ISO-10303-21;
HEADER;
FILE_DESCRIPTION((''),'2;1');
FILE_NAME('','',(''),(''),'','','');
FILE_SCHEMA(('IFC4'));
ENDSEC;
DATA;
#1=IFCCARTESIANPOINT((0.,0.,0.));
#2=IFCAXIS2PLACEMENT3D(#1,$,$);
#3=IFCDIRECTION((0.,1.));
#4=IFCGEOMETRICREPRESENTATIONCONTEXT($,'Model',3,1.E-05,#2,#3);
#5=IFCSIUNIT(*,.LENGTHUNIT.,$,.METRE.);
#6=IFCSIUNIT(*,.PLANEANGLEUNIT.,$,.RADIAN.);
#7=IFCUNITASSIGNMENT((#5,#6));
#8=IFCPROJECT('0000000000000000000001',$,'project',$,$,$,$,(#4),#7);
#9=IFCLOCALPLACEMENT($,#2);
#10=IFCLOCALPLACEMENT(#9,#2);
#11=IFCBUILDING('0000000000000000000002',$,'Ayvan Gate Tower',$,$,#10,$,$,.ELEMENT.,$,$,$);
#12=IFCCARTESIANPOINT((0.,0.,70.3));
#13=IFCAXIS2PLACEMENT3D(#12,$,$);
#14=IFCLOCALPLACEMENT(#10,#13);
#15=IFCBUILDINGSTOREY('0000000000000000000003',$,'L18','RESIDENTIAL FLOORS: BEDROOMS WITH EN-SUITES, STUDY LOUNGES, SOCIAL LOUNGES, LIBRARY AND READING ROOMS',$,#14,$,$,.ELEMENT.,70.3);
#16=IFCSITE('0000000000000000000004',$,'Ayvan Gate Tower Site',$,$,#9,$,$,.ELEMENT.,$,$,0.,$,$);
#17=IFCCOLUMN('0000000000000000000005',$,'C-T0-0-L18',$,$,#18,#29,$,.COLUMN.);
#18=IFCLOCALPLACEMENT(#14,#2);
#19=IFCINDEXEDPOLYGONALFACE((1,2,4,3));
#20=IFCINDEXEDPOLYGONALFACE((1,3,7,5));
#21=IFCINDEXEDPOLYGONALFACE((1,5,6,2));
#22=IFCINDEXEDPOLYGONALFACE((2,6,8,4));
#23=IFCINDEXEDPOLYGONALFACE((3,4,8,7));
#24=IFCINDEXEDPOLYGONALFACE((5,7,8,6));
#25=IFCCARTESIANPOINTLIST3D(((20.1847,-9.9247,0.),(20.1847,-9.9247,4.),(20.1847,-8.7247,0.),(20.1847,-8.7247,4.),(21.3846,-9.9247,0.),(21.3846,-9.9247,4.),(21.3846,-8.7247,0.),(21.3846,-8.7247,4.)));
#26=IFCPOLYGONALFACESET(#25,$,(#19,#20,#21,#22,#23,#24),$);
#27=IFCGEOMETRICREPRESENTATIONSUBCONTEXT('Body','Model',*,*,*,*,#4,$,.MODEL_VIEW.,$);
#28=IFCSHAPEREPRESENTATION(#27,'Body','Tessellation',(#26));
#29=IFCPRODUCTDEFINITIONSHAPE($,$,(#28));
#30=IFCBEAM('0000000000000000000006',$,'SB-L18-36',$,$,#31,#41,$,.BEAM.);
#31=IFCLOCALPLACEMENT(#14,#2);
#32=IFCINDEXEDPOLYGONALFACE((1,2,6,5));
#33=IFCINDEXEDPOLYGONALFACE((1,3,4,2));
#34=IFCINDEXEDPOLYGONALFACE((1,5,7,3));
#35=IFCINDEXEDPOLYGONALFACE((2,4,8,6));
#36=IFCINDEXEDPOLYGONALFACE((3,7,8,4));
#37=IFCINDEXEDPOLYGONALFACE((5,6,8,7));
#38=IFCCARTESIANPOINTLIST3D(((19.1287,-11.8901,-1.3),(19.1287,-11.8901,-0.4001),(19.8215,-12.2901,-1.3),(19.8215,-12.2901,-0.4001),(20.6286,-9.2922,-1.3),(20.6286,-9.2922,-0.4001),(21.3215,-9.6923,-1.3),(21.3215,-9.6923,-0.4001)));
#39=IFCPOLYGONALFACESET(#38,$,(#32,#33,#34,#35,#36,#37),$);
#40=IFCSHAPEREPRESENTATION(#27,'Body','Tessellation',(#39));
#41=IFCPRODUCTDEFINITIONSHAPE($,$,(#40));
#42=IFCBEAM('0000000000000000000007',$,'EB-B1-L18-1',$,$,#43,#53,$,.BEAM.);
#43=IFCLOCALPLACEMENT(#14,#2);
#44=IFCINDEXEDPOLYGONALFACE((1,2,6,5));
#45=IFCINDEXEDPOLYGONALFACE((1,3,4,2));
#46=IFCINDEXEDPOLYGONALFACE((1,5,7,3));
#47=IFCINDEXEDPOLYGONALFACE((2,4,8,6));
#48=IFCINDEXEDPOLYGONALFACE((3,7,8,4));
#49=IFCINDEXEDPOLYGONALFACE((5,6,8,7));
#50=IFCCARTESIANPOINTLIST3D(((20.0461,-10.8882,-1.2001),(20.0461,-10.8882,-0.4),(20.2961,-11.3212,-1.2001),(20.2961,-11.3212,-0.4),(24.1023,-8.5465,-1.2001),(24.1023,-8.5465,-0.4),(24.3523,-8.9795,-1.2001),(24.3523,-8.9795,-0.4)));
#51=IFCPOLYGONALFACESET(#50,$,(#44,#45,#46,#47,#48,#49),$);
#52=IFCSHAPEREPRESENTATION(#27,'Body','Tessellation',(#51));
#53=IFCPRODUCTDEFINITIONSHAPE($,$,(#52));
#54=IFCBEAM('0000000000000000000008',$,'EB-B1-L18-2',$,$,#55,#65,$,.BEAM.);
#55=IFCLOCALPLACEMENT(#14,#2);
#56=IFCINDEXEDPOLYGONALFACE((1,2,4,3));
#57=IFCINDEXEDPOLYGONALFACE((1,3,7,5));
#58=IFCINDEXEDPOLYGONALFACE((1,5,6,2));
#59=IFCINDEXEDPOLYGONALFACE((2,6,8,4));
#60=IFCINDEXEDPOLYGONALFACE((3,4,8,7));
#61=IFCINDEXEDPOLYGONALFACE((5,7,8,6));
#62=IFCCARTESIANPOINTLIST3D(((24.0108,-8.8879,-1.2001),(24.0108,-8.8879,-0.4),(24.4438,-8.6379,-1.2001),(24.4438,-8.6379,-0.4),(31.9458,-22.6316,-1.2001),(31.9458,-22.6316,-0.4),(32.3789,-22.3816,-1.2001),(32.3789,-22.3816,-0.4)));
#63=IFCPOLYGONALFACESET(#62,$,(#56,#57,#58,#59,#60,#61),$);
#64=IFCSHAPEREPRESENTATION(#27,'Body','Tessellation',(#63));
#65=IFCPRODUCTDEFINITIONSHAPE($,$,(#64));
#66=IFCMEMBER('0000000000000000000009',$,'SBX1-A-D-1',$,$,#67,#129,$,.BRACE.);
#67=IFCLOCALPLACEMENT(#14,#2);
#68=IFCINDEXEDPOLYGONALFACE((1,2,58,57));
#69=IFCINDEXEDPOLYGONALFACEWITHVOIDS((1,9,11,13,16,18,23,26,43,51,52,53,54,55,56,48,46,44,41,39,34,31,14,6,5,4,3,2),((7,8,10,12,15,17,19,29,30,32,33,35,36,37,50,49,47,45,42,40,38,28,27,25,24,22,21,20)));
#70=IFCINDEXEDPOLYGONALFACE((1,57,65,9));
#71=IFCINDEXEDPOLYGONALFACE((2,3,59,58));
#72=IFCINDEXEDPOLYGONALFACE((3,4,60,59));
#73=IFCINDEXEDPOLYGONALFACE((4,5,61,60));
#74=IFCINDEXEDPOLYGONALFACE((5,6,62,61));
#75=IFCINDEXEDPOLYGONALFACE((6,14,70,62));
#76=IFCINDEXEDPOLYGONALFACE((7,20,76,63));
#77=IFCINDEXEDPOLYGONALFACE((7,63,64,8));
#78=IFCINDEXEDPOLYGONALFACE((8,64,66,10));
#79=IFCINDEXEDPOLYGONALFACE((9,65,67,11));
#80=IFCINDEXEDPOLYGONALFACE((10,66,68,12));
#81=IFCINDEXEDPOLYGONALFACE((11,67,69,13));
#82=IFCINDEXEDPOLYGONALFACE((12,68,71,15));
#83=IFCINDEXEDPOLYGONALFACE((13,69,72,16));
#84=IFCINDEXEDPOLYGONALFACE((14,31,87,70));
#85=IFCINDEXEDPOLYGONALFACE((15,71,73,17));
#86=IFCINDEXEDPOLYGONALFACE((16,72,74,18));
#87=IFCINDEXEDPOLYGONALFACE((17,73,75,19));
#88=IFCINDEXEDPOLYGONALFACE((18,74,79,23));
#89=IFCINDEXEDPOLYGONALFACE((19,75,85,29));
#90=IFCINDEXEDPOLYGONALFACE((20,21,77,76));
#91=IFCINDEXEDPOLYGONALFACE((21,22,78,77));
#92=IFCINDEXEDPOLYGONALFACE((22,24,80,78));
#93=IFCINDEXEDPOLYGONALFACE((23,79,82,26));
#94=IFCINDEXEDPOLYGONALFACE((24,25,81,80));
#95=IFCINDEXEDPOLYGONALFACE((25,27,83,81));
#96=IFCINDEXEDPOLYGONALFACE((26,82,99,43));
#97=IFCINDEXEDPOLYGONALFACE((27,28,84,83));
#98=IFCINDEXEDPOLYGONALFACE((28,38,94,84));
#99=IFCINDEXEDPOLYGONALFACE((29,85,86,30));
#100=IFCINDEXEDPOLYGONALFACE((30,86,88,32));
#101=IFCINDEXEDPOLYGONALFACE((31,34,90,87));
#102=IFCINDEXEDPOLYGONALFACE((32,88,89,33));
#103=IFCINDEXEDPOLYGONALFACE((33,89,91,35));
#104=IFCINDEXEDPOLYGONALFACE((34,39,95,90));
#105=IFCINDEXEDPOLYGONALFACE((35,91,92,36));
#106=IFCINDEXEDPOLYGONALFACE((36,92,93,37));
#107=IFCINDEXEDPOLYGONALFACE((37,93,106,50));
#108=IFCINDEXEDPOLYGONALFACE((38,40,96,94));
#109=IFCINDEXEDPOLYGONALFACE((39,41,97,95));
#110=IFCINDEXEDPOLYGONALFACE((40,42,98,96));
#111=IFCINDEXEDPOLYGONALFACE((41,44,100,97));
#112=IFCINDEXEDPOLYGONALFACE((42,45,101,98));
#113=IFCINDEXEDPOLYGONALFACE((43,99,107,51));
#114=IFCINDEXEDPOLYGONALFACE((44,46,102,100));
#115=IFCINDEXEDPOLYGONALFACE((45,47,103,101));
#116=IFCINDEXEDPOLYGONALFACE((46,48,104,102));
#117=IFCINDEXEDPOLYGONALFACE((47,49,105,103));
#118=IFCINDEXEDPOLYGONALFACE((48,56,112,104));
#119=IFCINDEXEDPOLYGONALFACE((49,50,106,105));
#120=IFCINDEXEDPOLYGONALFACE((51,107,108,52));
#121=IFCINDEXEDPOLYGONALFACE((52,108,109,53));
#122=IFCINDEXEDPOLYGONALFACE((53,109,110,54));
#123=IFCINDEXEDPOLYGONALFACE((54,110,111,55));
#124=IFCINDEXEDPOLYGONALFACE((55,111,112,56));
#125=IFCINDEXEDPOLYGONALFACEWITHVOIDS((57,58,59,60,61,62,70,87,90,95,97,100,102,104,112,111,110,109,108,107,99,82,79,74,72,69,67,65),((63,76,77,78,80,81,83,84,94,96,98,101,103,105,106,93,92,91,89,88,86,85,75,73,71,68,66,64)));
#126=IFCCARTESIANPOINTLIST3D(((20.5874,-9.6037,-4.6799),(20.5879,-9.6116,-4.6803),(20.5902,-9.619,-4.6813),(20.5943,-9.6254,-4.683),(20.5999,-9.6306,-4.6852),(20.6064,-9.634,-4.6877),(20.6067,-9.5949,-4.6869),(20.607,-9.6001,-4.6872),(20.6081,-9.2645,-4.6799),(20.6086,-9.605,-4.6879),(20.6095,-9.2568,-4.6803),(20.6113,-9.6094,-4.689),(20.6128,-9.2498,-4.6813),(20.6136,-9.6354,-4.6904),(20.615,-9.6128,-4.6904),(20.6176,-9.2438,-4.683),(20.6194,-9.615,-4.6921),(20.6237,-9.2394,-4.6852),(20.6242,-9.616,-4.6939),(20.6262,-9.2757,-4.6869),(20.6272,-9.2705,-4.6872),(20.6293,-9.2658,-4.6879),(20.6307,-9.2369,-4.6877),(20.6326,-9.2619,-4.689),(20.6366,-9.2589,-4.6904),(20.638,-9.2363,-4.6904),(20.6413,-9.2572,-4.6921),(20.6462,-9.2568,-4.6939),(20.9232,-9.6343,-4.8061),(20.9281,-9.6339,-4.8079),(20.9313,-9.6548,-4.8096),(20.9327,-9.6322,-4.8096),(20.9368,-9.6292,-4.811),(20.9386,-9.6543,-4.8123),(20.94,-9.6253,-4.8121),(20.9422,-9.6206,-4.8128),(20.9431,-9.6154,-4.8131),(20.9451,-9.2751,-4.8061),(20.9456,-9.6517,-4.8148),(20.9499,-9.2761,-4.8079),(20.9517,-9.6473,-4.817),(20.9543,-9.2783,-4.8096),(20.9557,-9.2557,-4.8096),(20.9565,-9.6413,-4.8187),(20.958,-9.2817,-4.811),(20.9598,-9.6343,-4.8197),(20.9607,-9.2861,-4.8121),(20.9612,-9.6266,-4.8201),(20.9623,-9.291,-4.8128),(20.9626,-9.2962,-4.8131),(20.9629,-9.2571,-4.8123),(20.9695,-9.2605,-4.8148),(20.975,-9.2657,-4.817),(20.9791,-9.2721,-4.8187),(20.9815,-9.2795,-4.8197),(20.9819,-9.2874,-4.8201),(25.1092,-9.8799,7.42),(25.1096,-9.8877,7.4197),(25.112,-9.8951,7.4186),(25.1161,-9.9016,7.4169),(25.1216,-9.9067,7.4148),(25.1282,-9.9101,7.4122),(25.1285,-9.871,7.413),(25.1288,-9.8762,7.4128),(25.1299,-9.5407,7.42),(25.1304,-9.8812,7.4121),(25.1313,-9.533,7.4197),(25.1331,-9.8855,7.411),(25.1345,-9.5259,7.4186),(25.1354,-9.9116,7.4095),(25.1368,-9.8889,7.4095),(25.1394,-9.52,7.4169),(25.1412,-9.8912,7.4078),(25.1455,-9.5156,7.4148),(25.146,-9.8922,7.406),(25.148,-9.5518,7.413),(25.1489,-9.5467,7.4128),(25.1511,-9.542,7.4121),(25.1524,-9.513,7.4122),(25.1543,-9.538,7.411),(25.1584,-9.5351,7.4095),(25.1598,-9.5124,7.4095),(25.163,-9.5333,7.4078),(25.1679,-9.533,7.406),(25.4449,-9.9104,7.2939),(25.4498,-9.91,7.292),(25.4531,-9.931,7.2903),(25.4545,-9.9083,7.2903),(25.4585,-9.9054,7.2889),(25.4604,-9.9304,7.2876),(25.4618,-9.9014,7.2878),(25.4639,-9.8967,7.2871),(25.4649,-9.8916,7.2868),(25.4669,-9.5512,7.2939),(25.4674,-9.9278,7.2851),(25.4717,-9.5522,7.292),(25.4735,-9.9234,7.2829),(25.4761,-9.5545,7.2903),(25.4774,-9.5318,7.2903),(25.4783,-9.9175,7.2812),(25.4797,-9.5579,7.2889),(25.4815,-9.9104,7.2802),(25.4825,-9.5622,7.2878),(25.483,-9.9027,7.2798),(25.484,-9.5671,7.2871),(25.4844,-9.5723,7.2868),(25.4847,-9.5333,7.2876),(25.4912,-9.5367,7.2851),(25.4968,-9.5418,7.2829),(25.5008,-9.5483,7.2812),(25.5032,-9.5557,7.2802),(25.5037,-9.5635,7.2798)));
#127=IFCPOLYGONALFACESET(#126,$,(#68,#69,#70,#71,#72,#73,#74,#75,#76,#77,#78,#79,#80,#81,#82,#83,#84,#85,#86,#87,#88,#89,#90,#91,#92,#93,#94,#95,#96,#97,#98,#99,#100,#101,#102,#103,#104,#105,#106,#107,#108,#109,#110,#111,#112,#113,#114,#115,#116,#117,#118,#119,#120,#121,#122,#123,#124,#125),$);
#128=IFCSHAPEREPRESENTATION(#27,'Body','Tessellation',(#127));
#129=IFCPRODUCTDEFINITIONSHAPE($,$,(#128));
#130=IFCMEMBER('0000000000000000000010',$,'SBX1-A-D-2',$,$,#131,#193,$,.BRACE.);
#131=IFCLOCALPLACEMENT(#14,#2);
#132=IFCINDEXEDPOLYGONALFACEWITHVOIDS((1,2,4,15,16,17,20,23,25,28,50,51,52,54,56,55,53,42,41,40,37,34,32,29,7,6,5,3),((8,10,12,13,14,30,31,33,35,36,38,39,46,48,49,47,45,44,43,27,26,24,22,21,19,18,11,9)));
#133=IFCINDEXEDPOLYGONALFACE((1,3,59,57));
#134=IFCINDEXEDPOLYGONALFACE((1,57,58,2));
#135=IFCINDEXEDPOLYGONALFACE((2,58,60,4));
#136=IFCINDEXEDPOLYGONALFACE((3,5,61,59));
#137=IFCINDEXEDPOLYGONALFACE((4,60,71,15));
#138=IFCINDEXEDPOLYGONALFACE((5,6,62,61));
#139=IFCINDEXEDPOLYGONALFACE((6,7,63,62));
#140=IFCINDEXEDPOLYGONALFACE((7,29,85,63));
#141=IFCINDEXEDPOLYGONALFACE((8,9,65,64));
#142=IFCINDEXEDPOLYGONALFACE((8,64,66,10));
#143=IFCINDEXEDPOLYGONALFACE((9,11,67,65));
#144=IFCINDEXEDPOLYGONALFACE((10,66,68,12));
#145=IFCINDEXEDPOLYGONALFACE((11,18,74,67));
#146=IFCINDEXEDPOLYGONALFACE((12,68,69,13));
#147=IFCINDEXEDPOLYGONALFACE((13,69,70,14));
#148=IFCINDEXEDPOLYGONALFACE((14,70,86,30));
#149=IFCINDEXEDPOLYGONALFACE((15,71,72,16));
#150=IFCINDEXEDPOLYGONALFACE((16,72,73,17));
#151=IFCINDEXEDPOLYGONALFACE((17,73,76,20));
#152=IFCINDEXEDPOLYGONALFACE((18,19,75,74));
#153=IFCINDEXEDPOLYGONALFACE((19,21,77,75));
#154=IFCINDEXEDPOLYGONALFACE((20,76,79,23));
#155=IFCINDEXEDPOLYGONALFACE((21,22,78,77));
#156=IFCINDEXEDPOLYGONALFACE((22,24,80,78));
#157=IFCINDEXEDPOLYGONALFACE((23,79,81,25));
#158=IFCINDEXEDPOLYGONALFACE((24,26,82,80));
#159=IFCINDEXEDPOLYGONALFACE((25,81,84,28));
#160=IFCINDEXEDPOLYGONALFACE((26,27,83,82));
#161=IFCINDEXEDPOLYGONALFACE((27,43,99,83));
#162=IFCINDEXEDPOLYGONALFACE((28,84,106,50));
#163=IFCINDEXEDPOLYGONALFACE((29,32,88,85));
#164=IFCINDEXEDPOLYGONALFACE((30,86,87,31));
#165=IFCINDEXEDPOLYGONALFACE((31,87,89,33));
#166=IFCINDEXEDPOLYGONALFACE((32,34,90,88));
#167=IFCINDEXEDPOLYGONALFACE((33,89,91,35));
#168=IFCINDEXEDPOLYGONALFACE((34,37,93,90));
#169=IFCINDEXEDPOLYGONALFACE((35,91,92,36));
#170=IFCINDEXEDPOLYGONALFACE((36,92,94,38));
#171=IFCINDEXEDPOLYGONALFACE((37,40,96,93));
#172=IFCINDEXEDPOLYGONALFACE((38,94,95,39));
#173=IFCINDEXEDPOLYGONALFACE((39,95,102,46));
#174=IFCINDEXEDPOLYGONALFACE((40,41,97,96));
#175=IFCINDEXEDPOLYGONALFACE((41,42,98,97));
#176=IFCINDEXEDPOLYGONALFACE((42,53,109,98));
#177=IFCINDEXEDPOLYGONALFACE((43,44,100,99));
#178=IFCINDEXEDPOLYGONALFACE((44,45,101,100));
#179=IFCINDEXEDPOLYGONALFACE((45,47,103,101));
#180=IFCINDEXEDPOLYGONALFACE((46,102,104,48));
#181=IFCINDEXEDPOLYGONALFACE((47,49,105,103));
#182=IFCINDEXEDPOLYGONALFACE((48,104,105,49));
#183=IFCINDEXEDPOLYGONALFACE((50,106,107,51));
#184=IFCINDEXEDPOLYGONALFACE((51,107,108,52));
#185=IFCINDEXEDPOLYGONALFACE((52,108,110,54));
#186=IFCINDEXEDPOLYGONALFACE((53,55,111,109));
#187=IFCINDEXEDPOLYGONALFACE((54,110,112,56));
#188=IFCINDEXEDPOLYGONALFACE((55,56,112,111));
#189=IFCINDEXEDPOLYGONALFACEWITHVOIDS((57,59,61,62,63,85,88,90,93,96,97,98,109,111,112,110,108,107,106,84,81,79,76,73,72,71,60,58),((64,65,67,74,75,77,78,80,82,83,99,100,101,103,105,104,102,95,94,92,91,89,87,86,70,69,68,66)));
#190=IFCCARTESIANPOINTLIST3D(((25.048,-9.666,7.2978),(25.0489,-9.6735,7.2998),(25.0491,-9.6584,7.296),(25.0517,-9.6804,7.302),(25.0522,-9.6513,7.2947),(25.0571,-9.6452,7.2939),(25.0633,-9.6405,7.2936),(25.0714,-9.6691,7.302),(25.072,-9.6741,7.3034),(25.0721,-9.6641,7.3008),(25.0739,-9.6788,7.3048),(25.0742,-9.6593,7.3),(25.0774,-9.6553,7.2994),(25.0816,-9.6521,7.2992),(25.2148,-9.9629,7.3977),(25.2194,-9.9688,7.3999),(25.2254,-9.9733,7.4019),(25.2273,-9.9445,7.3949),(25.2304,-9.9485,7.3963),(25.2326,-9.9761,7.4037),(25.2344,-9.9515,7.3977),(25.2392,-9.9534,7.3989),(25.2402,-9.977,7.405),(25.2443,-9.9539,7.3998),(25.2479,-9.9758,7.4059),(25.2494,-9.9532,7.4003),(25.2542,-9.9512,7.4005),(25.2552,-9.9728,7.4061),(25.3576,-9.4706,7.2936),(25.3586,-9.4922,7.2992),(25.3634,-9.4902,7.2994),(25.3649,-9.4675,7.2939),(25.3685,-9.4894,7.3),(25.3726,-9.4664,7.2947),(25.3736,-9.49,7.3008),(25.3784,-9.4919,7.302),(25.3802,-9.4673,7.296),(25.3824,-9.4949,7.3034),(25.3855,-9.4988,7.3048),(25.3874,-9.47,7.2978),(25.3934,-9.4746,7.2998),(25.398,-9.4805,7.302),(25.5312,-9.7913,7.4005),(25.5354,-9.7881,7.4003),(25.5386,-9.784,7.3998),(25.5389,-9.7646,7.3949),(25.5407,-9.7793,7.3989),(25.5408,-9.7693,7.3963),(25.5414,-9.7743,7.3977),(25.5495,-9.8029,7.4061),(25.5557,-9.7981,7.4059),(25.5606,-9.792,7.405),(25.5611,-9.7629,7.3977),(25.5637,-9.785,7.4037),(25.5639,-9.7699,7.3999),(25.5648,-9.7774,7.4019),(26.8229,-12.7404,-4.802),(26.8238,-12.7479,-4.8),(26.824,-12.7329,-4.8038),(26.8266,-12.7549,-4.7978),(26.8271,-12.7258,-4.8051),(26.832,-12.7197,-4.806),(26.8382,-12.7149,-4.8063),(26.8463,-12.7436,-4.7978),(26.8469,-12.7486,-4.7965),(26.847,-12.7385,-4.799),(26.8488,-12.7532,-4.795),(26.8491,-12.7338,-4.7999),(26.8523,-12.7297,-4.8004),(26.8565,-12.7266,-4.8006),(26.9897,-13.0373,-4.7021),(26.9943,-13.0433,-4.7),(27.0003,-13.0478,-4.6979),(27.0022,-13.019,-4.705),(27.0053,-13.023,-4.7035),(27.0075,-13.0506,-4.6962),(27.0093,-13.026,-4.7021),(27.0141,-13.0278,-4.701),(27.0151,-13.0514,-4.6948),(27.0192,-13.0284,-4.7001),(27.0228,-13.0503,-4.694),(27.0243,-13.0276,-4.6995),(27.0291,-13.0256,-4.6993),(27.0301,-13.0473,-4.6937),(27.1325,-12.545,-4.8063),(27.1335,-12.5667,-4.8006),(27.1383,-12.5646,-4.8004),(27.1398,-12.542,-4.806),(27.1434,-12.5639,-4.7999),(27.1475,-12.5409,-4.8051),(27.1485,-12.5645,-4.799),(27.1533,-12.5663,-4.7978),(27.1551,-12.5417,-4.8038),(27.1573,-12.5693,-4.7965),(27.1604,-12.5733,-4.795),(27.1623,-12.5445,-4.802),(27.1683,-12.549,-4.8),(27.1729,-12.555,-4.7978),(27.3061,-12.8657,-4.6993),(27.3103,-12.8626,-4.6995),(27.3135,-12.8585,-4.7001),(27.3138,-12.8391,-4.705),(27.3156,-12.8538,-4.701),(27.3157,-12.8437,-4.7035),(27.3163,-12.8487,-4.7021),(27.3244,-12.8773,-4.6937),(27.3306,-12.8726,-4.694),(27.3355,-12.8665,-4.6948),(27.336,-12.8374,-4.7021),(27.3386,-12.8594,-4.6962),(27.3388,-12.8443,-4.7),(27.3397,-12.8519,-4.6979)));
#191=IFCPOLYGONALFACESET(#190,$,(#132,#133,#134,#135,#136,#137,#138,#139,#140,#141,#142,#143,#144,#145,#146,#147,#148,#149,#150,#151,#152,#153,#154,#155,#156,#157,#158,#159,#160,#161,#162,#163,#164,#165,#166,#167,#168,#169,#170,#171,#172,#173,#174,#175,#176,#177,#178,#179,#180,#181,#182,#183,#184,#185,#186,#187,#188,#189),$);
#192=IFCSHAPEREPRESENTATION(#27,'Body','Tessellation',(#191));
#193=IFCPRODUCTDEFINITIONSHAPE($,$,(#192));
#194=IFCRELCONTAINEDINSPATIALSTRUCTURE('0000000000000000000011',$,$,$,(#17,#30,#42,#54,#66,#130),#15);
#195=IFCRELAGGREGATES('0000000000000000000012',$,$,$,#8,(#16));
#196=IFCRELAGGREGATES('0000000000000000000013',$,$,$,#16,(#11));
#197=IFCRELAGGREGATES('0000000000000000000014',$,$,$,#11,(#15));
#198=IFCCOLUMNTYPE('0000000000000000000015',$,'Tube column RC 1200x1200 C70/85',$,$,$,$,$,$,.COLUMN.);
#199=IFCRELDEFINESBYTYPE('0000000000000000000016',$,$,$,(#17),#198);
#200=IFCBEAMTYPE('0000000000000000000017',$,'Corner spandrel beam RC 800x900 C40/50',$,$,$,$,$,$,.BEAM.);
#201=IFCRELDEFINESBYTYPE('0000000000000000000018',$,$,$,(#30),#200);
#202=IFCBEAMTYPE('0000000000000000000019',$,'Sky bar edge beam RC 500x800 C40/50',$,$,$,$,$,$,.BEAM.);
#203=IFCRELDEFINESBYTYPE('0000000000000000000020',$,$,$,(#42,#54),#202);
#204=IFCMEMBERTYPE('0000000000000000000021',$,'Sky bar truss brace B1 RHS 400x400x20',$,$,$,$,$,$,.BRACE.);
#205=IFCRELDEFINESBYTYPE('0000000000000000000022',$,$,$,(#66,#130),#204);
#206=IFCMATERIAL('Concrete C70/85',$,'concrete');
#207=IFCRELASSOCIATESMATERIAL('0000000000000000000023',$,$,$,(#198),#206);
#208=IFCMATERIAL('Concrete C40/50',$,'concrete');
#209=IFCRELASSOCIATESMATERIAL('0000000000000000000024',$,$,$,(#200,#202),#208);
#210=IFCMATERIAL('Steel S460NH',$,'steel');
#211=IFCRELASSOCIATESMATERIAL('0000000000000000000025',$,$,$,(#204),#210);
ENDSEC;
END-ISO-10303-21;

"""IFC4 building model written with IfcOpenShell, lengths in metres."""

from ifc_helpers import new_model, si_unit, direction, frame, origin, origin_2d, place, context, subcontext, project, spatial, rectangle, hollow_rectangle, extrude, material, material_profile, profile_set, type_object, element, save


model = new_model("IFC4")

# Units and contexts
model_context = context("Model", 3, precision=1e-05, world=origin(), true_north=direction((0.0, 1.0)))
body_context = subcontext(model_context, "Body", "Model", "MODEL_VIEW")
ifc_project = project(units=[si_unit("LENGTHUNIT", "METRE"), si_unit("PLANEANGLEUNIT", "RADIAN")], contexts=[model_context])

# Site, building, storey
site_placement = place(None, origin())
site = spatial("IfcSite", under=ifc_project, at=site_placement, Name="Ayvan Gate Tower Site", CompositionType="ELEMENT", RefElevation=0.0)
building_placement = place(site_placement, origin())
building = spatial("IfcBuilding", under=site, at=building_placement, Name="Ayvan Gate Tower", CompositionType="ELEMENT")
storey_placement = place(building_placement, frame((0.0, 0.0, 70.3)))
storey = spatial("IfcBuildingStorey", under=building, at=storey_placement, Name="L18", Description="RESIDENTIAL FLOORS: BEDROOMS WITH EN-SUITES, STUDY LOUNGES, SOCIAL LOUNGES, LIBRARY AND READING ROOMS", CompositionType="ELEMENT", Elevation=70.3)

# Column
ifc_material_1 = material(Name="Concrete C70/85", Category="concrete")
ifc_material_profile_1 = material_profile(ifc_material_1, rectangle(XDim=1.2, YDim=1.2, at=origin_2d()), Name="RC 1200x1200")
ifc_profile_set_1 = profile_set([ifc_material_profile_1], Name="Concrete C70/85")
column_type = type_object("IfcColumnType", Name="Tube column RC 1200x1200 C70/85", PredefinedType="COLUMN", material=ifc_profile_set_1)
column_placement = place(storey_placement, frame((20.7847, -9.3247, 0.0), z_axis=(0.0, 0.0, 1.0), x_axis=(1.0, 0.0, 0.0)))
element("IfcColumn", 1, at=column_placement, inside=storey, type_object=column_type, Name="C-T0-0-L18", PredefinedType="COLUMN", context=body_context, shape_type="SweptSolid", body=[
    extrude(rectangle(XDim=1.2, YDim=1.2, at=origin_2d()), origin(), (0.0, 0.0, 1.0), 4.0),
])

# Beams
ifc_material_2 = material(Name="Concrete C40/50", Category="concrete")
ifc_material_profile_2 = material_profile(ifc_material_2, rectangle(XDim=0.8, YDim=0.8999, at=origin_2d()), Name="RC 800x900")
ifc_profile_set_2 = profile_set([ifc_material_profile_2], Name="Concrete C40/50")
beam_type_1 = type_object("IfcBeamType", Name="Corner spandrel beam RC 800x900 C40/50", PredefinedType="BEAM", material=ifc_profile_set_2)
beam_1_placement = place(storey_placement, frame((19.4751, -12.0901, -0.8501), z_axis=(0.500025, 0.866011, 0.0), x_axis=(-0.866011, 0.500025, 0.0)))
element("IfcBeam", 2, at=beam_1_placement, inside=storey, type_object=beam_type_1, Name="SB-L18-36", PredefinedType="BEAM", context=body_context, shape_type="SweptSolid", body=[
    extrude(rectangle(XDim=0.8, YDim=0.8999, at=origin_2d()), origin(), (0.0, 0.0, 1.0), 2.9998),
])
ifc_material_profile_3 = material_profile(ifc_material_2, rectangle(XDim=0.5, YDim=0.8, at=origin_2d()), Name="RC 500x800")
ifc_profile_set_3 = profile_set([ifc_material_profile_3], Name="Concrete C40/50")
beam_type_2 = type_object("IfcBeamType", Name="Sky bar edge beam RC 500x800 C40/50", PredefinedType="BEAM", material=ifc_profile_set_3)
beam_2_placement = place(storey_placement, frame((20.1711, -11.1047, -0.8), z_axis=(0.866028, 0.499996, 0.0), x_axis=(-0.499996, 0.866028, 0.0)))
element("IfcBeam", 3, at=beam_2_placement, inside=storey, type_object=beam_type_2, Name="EB-B1-L18-1", PredefinedType="BEAM", context=body_context, shape_type="SweptSolid", body=[
    extrude(rectangle(XDim=0.5, YDim=0.8, at=origin_2d()), origin(), (0.0, 0.0, 1.0), 4.6836),
])
beam_3_placement = place(storey_placement, frame((24.2273, -8.7629, -0.8), z_axis=(0.500007, -0.866021, 0.0), x_axis=(0.866021, 0.500007, 0.0)))
element("IfcBeam", 4, at=beam_3_placement, inside=storey, type_object=beam_type_2, Name="EB-B1-L18-2", PredefinedType="BEAM", context=body_context, shape_type="SweptSolid", body=[
    extrude(rectangle(XDim=0.5, YDim=0.8, at=origin_2d()), origin(), (0.0, 0.0, 1.0), 15.8699),
])

# Members
ifc_material_3 = material(Name="Steel S460NH", Category="steel")
ifc_material_profile_4 = material_profile(ifc_material_3, hollow_rectangle(XDim=0.3999, YDim=0.3999, WallThickness=0.02, InnerFilletRadius=0.02, OuterFilletRadius=0.03, at=origin_2d()), Name="RHS 400x400x20")
ifc_profile_set_4 = profile_set([ifc_material_profile_4], Name="Steel S460NH")
member_type_1 = type_object("IfcMemberType", Name="Sky bar truss brace B1 RHS 400x400x20", PredefinedType="BRACE", material=ifc_profile_set_4)
member_1_placement = place(storey_placement, frame((20.7847, -9.4456, -4.75), z_axis=(0.349977, -0.021372, 0.936515), x_axis=(0.060952, 0.998141, 0.0)))
element("IfcMember", 5, at=member_1_placement, inside=storey, type_object=member_type_1, Name="SBX1-A-D-1", PredefinedType="BRACE", context=body_context, shape_type="SweptSolid", body=[
    extrude(hollow_rectangle(XDim=0.3999, YDim=0.3999, WallThickness=0.02, InnerFilletRadius=0.02, OuterFilletRadius=0.03, at=origin_2d()), origin(), (0.0, 0.0, 1.0), 12.9202),
])
for number, where, z_axis, x_axis, name in (
    (6, (25.3064, -9.7217, 7.3499), (0.140755, -0.243814, -0.959553), (0.866042, 0.49997, 0.0), "SBX1-A-D-2"),
):
    element("IfcMember", number, at=place(storey_placement, frame(where, z_axis=z_axis, x_axis=x_axis)), inside=storey, type_object=member_type_1, Name=name, PredefinedType="BRACE", context=body_context, shape_type="SweptSolid", body=[
        extrude(hollow_rectangle(XDim=0.3999, YDim=0.3999, WallThickness=0.02, InnerFilletRadius=0.02, OuterFilletRadius=0.03, at=origin_2d()), origin(), (0.0, 0.0, 1.0), 12.6099),
    ])

save(model, "model.ifc")
